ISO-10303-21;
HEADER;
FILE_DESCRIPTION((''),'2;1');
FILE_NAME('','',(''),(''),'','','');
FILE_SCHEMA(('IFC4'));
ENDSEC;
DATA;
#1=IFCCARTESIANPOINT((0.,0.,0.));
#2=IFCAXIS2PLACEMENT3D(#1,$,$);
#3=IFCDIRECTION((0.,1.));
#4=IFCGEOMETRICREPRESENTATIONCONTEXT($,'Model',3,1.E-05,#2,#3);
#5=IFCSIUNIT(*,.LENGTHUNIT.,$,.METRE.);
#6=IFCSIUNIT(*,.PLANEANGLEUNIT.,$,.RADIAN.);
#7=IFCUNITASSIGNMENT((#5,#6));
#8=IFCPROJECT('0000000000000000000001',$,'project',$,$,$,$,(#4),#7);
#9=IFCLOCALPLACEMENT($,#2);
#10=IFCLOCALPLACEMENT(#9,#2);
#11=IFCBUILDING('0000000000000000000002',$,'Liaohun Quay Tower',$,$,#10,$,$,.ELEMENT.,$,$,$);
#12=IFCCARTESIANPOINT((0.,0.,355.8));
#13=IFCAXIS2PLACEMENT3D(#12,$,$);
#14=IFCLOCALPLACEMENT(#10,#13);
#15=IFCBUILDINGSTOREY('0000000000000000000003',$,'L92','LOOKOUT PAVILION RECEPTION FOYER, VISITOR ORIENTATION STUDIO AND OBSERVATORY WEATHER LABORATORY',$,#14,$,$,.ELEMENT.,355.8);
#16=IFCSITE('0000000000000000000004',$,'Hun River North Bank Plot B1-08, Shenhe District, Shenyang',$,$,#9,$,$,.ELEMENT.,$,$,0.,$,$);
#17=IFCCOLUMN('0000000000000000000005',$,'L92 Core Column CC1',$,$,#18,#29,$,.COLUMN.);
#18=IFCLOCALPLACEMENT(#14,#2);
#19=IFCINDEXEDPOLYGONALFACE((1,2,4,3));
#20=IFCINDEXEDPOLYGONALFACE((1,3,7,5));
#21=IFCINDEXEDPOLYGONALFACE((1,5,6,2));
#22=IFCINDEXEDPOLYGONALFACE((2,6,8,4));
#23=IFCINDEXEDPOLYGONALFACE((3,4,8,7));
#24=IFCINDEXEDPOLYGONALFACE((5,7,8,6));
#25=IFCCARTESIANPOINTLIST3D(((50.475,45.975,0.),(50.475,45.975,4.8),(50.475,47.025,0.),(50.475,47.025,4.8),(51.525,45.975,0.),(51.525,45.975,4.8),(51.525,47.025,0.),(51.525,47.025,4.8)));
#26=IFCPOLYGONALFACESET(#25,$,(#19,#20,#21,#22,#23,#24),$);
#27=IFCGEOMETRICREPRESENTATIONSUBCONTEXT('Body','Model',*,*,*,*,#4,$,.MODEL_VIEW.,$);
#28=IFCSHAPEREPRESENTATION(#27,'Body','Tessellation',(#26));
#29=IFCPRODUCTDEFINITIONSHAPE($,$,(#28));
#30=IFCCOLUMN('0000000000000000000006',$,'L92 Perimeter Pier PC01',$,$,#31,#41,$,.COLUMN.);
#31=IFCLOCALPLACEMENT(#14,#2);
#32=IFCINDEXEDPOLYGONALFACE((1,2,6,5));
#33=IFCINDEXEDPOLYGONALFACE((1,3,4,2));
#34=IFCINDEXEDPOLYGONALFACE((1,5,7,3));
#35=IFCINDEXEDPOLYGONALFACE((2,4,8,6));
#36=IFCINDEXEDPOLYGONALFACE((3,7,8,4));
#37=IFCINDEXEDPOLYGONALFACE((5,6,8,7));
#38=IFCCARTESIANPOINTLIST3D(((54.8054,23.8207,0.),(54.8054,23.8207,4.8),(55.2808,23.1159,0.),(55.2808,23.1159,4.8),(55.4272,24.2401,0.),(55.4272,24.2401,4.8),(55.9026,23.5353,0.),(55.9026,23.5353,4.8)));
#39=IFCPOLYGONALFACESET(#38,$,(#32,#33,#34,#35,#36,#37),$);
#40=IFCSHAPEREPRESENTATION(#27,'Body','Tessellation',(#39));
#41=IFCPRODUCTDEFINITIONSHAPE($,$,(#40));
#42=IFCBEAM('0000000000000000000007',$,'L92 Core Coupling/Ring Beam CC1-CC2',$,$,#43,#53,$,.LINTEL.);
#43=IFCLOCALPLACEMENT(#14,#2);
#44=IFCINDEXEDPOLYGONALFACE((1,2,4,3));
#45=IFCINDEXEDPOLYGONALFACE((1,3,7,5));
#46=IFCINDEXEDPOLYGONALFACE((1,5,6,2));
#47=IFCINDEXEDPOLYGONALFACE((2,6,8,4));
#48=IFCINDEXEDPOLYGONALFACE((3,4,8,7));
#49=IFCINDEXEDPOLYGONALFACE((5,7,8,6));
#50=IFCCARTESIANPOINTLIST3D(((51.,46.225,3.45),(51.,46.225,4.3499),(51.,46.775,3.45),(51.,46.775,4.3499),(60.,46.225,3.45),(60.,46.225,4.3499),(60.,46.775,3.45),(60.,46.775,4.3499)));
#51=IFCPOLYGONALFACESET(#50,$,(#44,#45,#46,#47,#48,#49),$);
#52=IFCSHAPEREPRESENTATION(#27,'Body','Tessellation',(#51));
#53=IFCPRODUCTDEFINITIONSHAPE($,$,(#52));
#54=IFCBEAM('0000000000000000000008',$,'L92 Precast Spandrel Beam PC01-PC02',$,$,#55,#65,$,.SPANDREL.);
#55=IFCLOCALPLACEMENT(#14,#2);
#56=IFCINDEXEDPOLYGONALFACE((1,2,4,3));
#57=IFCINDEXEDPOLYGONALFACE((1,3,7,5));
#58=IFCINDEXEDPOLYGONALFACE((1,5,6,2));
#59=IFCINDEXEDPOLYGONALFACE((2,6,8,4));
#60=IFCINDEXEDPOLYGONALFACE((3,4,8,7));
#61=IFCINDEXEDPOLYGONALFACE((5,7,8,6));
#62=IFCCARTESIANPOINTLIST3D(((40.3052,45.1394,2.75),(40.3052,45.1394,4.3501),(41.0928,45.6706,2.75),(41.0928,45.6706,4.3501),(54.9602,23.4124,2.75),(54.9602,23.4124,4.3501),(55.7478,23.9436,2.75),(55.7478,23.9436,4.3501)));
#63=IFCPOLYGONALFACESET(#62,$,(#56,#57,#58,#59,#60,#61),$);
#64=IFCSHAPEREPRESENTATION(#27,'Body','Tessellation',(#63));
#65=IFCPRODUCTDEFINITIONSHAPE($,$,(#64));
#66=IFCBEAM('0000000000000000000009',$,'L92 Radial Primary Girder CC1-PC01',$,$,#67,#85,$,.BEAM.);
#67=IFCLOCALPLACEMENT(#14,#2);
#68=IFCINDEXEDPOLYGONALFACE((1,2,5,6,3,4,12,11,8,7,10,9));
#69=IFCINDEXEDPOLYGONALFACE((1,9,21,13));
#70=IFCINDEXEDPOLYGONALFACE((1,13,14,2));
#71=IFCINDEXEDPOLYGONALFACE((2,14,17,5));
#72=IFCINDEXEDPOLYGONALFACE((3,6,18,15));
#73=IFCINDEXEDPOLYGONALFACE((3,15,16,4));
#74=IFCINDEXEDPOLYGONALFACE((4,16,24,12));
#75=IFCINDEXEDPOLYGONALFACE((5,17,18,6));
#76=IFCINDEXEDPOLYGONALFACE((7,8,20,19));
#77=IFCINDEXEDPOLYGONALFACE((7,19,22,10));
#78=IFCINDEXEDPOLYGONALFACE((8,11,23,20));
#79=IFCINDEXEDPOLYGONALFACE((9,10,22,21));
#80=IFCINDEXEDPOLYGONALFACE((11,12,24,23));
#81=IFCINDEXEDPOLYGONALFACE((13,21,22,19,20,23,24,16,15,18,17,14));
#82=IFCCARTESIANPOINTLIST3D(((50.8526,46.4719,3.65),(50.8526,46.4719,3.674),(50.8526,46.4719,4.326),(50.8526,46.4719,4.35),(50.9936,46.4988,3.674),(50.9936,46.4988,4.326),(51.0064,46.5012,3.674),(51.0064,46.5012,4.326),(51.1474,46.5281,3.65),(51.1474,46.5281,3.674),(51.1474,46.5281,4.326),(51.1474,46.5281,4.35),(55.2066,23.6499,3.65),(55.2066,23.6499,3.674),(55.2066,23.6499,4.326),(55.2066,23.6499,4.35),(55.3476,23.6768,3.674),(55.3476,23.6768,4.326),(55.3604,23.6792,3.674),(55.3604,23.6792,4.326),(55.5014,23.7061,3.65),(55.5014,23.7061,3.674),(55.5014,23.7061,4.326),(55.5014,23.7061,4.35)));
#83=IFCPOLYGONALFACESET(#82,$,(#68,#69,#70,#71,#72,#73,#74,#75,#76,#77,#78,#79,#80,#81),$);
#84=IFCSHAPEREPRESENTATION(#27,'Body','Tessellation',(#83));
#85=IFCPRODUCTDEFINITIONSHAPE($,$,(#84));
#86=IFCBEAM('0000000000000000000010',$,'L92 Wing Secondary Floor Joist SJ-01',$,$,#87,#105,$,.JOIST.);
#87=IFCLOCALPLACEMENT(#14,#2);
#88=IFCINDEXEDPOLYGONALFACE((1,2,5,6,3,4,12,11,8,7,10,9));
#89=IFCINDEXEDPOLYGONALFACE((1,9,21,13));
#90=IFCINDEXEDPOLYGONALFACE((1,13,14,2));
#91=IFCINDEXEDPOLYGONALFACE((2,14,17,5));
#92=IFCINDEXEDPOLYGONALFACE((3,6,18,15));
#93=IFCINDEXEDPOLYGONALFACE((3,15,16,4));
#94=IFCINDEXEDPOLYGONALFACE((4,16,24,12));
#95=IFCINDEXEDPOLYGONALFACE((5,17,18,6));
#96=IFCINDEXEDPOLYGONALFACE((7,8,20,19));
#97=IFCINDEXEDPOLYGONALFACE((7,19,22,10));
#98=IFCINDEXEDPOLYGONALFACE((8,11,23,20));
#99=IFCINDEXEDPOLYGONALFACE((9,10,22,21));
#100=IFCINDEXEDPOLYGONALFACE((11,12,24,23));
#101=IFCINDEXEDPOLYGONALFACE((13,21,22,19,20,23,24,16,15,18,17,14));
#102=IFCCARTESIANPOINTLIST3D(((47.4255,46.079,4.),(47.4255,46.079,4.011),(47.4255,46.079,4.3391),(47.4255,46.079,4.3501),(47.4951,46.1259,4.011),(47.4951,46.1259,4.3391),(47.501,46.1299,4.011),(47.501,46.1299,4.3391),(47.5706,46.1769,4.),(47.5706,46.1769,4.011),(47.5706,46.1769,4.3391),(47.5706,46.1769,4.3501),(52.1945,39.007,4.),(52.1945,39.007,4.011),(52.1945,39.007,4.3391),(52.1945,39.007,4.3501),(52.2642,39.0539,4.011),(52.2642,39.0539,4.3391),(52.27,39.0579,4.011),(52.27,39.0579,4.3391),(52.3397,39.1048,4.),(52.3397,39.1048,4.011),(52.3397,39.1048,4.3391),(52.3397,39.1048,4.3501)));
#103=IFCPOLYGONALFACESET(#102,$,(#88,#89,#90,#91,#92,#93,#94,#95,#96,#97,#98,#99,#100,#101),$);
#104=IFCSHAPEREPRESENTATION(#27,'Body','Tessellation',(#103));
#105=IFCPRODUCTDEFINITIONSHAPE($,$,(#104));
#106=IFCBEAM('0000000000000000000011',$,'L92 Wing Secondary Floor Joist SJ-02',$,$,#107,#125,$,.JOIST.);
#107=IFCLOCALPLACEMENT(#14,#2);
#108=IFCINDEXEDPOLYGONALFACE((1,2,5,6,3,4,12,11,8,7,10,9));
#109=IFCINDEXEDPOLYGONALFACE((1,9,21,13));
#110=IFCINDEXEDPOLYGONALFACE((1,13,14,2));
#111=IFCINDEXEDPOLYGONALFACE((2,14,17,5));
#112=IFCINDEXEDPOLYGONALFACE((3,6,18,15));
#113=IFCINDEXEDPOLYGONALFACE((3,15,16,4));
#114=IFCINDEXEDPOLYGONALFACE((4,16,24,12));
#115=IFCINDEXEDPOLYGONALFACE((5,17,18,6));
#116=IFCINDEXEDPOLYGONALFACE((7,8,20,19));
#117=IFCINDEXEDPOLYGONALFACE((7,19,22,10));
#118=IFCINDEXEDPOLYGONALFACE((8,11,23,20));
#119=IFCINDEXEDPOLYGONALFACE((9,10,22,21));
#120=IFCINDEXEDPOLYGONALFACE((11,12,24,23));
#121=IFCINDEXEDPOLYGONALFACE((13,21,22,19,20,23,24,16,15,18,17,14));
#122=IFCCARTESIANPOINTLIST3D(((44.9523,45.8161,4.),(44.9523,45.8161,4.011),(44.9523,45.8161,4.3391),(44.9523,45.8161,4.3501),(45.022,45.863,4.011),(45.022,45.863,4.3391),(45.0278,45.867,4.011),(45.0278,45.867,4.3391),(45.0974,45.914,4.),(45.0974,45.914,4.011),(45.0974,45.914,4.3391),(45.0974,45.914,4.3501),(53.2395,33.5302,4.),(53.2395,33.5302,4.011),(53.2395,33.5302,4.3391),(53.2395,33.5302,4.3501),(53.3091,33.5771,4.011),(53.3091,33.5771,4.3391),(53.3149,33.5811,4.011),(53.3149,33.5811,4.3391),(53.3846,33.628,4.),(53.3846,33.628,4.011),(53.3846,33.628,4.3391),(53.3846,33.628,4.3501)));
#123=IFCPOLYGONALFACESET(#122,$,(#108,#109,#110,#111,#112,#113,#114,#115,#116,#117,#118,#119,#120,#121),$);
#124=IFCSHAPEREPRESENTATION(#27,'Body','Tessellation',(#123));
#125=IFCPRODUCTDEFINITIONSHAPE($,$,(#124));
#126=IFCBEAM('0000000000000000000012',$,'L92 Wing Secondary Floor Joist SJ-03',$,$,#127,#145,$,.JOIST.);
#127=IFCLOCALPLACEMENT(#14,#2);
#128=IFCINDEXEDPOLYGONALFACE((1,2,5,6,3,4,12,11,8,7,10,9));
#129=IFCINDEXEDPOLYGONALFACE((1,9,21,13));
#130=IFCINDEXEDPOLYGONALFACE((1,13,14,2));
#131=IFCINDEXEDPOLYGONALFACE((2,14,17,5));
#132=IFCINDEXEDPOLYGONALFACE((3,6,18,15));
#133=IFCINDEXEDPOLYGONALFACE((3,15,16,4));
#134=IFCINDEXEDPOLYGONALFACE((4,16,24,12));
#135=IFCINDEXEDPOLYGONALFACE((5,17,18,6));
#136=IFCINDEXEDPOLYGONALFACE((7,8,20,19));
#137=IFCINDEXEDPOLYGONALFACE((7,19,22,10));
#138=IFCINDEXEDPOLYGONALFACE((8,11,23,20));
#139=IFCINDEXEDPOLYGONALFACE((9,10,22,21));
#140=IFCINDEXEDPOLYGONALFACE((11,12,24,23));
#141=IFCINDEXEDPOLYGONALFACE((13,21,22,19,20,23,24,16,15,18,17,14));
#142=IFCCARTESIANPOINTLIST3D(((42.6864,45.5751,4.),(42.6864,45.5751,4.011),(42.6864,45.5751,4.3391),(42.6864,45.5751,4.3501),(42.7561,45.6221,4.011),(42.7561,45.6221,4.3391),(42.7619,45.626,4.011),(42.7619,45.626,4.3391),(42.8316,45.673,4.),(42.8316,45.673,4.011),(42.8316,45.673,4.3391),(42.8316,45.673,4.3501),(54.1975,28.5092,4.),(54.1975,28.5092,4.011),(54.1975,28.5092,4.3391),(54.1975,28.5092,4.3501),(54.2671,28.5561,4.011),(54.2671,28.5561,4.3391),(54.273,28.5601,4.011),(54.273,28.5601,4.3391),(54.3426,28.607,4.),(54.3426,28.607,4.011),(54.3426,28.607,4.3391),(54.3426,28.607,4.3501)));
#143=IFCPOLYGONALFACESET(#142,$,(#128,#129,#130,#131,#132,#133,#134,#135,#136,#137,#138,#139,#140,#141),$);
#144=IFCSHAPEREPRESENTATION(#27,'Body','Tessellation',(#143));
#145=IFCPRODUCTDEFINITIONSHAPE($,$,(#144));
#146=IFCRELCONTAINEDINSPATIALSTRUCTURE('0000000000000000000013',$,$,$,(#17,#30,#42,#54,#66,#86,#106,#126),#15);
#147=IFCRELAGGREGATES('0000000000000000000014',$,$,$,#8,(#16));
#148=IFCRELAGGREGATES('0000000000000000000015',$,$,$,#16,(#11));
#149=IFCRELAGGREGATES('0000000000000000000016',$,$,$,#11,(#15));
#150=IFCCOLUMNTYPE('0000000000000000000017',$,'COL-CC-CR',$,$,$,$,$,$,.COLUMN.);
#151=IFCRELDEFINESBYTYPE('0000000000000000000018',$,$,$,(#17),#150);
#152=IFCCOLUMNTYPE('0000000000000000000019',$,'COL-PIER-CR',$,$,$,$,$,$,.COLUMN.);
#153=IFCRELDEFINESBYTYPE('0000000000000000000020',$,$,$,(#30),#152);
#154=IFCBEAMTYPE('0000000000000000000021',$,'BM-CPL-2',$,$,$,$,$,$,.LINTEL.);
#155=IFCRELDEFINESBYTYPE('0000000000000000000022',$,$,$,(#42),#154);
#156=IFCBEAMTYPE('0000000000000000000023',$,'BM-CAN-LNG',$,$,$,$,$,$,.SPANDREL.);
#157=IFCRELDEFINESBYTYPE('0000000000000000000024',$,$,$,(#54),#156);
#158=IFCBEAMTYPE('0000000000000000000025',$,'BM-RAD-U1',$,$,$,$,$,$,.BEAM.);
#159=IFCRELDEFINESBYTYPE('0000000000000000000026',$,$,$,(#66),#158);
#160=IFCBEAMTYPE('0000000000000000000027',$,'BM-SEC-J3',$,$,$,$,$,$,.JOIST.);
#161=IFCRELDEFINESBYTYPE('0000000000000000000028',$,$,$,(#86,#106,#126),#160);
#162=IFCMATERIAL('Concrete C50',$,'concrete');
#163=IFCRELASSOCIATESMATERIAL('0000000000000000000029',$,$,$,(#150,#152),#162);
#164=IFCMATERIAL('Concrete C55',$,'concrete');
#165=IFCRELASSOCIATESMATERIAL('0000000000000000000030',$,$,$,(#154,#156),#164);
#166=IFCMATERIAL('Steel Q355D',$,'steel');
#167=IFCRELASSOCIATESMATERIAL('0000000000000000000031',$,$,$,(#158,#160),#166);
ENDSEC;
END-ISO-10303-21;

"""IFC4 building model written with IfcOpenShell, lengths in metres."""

from ifc_helpers import new_model, si_unit, direction, frame, origin, origin_2d, place, context, subcontext, project, spatial, rectangle, i_section, extrude, source, transform, mapped, material, material_profile, profile_set, type_object, element, save


model = new_model("IFC4")

# Units and contexts
model_context = context("Model", 3, precision=1e-05, world=origin(), true_north=direction((0.0, 1.0)))
body_context = subcontext(model_context, "Body", "Model", "MODEL_VIEW")
ifc_project = project(units=[si_unit("LENGTHUNIT", "METRE"), si_unit("PLANEANGLEUNIT", "RADIAN")], contexts=[model_context])

# Site, building, storey
site_placement = place(None, origin())
site = spatial("IfcSite", under=ifc_project, at=site_placement, Name="Hun River North Bank Plot B1-08, Shenhe District, Shenyang", CompositionType="ELEMENT", RefElevation=0.0)
building_placement = place(site_placement, origin())
building = spatial("IfcBuilding", under=site, at=building_placement, Name="Liaohun Quay Tower", CompositionType="ELEMENT")
storey_placement = place(building_placement, frame((0.0, 0.0, 355.8)))
storey = spatial("IfcBuildingStorey", under=building, at=storey_placement, Name="L92", Description="LOOKOUT PAVILION RECEPTION FOYER, VISITOR ORIENTATION STUDIO AND OBSERVATORY WEATHER LABORATORY", CompositionType="ELEMENT", Elevation=355.8)

# Columns
ifc_material_1 = material(Name="Concrete C50", Category="concrete")
ifc_material_profile_1 = material_profile(ifc_material_1, rectangle(XDim=1.05, YDim=1.05, at=origin_2d()), Name="RC1050x1050")
ifc_profile_set_1 = profile_set([ifc_material_profile_1], Name="Concrete C50")
column_type_1 = type_object("IfcColumnType", Name="COL-CC-CR", PredefinedType="COLUMN", material=ifc_profile_set_1)
shared_shape_1 = source(origin(), body_context, "Body", "SweptSolid", [
    extrude(rectangle(XDim=1.05, YDim=1.05, at=origin_2d()), origin(), (0.0, 0.0, 1.0), 4.8),
])
column_1_placement = place(storey_placement, frame((51.0, 46.5, 0.0), z_axis=(0.0, 0.0, 1.0), x_axis=(1.0, 0.0, 0.0)))
element("IfcColumn", 1, at=column_1_placement, inside=storey, type_object=column_type_1, Name="L92 Core Column CC1", PredefinedType="COLUMN", context=body_context, shape_type="MappedRepresentation", body=[
    mapped(shared_shape_1, transform((0.0, 0.0, 0.0), x_axis=(1.0, 0.0, 0.0), y_axis=(0.0, 1.0, 0.0), z_axis=(0.0, 0.0, 1.0), scale=1.0)),
])
ifc_material_profile_2 = material_profile(ifc_material_1, rectangle(XDim=0.8501, YDim=0.75, at=origin_2d()), Name="RC850x750")
ifc_profile_set_2 = profile_set([ifc_material_profile_2], Name="Concrete C50")
column_type_2 = type_object("IfcColumnType", Name="COL-PIER-CR", PredefinedType="COLUMN", material=ifc_profile_set_2)
shared_shape_2 = source(origin(), body_context, "Body", "SweptSolid", [
    extrude(rectangle(XDim=0.8501, YDim=0.75, at=origin_2d()), origin(), (0.0, 0.0, 1.0), 4.8),
])
column_2_placement = place(storey_placement, frame((55.354, 23.678, 0.0), z_axis=(0.0, 0.0, 1.0), x_axis=(-0.559193, 0.829038, 0.0)))
element("IfcColumn", 2, at=column_2_placement, inside=storey, type_object=column_type_2, Name="L92 Perimeter Pier PC01", PredefinedType="COLUMN", context=body_context, shape_type="MappedRepresentation", body=[
    mapped(shared_shape_2, transform((0.0, 0.0, 0.0), x_axis=(1.0, 0.0, 0.0), y_axis=(0.0, 1.0, 0.0), z_axis=(0.0, 0.0, 1.0), scale=1.0)),
])

# Beams
ifc_material_2 = material(Name="Concrete C55", Category="concrete")
ifc_material_profile_3 = material_profile(ifc_material_2, rectangle(XDim=0.55, YDim=0.8999, at=origin_2d()), Name="RC550x900")
ifc_profile_set_3 = profile_set([ifc_material_profile_3], Name="Concrete C55")
beam_type_1 = type_object("IfcBeamType", Name="BM-CPL-2", PredefinedType="LINTEL", material=ifc_profile_set_3)
shared_shape_3 = source(origin(), body_context, "Body", "SweptSolid", [
    extrude(rectangle(XDim=0.55, YDim=0.8999, at=origin_2d()), origin(), (0.0, 0.0, 1.0), 9.0),
])
beam_1_placement = place(storey_placement, frame((51.0, 46.5, 3.8999), z_axis=(1.0, 0.0, 0.0), x_axis=(0.0, 1.0, 0.0)))
element("IfcBeam", 3, at=beam_1_placement, inside=storey, type_object=beam_type_1, Name="L92 Core Coupling/Ring Beam CC1-CC2", PredefinedType="LINTEL", context=body_context, shape_type="MappedRepresentation", body=[
    mapped(shared_shape_3, transform((0.0, 0.0, 0.0), x_axis=(1.0, 0.0, 0.0), y_axis=(0.0, 1.0, 0.0), z_axis=(0.0, 0.0, 1.0), scale=1.0)),
])
ifc_material_profile_4 = material_profile(ifc_material_2, rectangle(XDim=0.95, YDim=1.6001, at=origin_2d()), Name="RC950x1600")
ifc_profile_set_4 = profile_set([ifc_material_profile_4], Name="Concrete C55")
beam_type_2 = type_object("IfcBeamType", Name="BM-CAN-LNG", PredefinedType="SPANDREL", material=ifc_profile_set_4)
shared_shape_4 = source(origin(), body_context, "Body", "SweptSolid", [
    extrude(rectangle(XDim=0.95, YDim=1.6001, at=origin_2d()), origin(), (0.0, 0.0, 1.0), 26.2075),
])
beam_2_placement = place(storey_placement, frame((55.354, 23.678, 3.55), z_axis=(-0.559192, 0.829038, 0.0), x_axis=(-0.829038, -0.559192, 0.0)))
element("IfcBeam", 4, at=beam_2_placement, inside=storey, type_object=beam_type_2, Name="L92 Precast Spandrel Beam PC01-PC02", PredefinedType="SPANDREL", context=body_context, shape_type="MappedRepresentation", body=[
    mapped(shared_shape_4, transform((0.0, 0.0, 0.0), x_axis=(1.0, 0.0, 0.0), y_axis=(0.0, 1.0, 0.0), z_axis=(0.0, 0.0, 1.0), scale=1.0)),
])
ifc_material_3 = material(Name="Steel Q355D", Category="steel")
ifc_material_profile_5 = material_profile(ifc_material_3, i_section(OverallWidth=0.3, OverallDepth=0.7, WebThickness=0.0129, FlangeThickness=0.0239, at=origin_2d()), Name="HN700x300x13x24")
ifc_profile_set_5 = profile_set([ifc_material_profile_5], Name="Steel Q355D")
beam_type_3 = type_object("IfcBeamType", Name="BM-RAD-U1", PredefinedType="BEAM", material=ifc_profile_set_5)
shared_shape_5 = source(origin(), body_context, "Body", "SweptSolid", [
    extrude(i_section(OverallWidth=0.3, OverallDepth=0.7, WebThickness=0.0129, FlangeThickness=0.0239, at=origin_2d()), origin(), (0.0, 0.0, 1.0), 23.2336),
])
beam_3_placement = place(storey_placement, frame((51.0, 46.5, 4.0), z_axis=(0.187401, -0.982284, 0.0), x_axis=(0.982284, 0.187401, 0.0)))
element("IfcBeam", 5, at=beam_3_placement, inside=storey, type_object=beam_type_3, Name="L92 Radial Primary Girder CC1-PC01", PredefinedType="BEAM", context=body_context, shape_type="MappedRepresentation", body=[
    mapped(shared_shape_5, transform((0.0, 0.0, 0.0), x_axis=(1.0, 0.0, 0.0), y_axis=(0.0, 1.0, 0.0), z_axis=(0.0, 0.0, 1.0), scale=1.0)),
])
ifc_material_profile_6 = material_profile(ifc_material_3, i_section(OverallWidth=0.175, OverallDepth=0.3501, WebThickness=0.0071, FlangeThickness=0.011, at=origin_2d()), Name="HN350x175x7x11")
ifc_profile_set_6 = profile_set([ifc_material_profile_6], Name="Steel Q355D")
beam_type_4 = type_object("IfcBeamType", Name="BM-SEC-J3", PredefinedType="JOIST", material=ifc_profile_set_6)
shared_shape_6 = source(origin(), body_context, "Body", "SweptSolid", [
    extrude(i_section(OverallWidth=0.175, OverallDepth=0.3501, WebThickness=0.0071, FlangeThickness=0.011, at=origin_2d()), origin(), (0.0, 0.0, 1.0), 8.5298),
])
beam_4_placement = place(storey_placement, frame((52.2671, 39.0559, 4.175), z_axis=(-0.559105, 0.829097, 0.0), x_axis=(-0.829097, -0.559105, 0.0)))
element("IfcBeam", 6, at=beam_4_placement, inside=storey, type_object=beam_type_4, Name="L92 Wing Secondary Floor Joist SJ-01", PredefinedType="JOIST", context=body_context, shape_type="MappedRepresentation", body=[
    mapped(shared_shape_6, transform((0.0, 0.0, 0.0), x_axis=(1.0, 0.0, 0.0), y_axis=(0.0, 1.0, 0.0), z_axis=(0.0, 0.0, 1.0), scale=1.0)),
])
shared_shape_7 = source(origin(), body_context, "Body", "SweptSolid", [
    extrude(i_section(OverallWidth=0.175, OverallDepth=0.3501, WebThickness=0.0071, FlangeThickness=0.011, at=origin_2d()), origin(), (0.0, 0.0, 1.0), 14.8196),
])
beam_5_placement = place(storey_placement, frame((53.312, 33.5791, 4.175), z_axis=(-0.559201, 0.829032, 0.0), x_axis=(-0.829032, -0.559201, 0.0)))
element("IfcBeam", 7, at=beam_5_placement, inside=storey, type_object=beam_type_4, Name="L92 Wing Secondary Floor Joist SJ-02", PredefinedType="JOIST", context=body_context, shape_type="MappedRepresentation", body=[
    mapped(shared_shape_7, transform((0.0, 0.0, 0.0), x_axis=(1.0, 0.0, 0.0), y_axis=(0.0, 1.0, 0.0), z_axis=(0.0, 0.0, 1.0), scale=1.0)),
])
shared_shape_8 = source(origin(), body_context, "Body", "SweptSolid", [
    extrude(i_section(OverallWidth=0.175, OverallDepth=0.3501, WebThickness=0.0071, FlangeThickness=0.011, at=origin_2d()), origin(), (0.0, 0.0, 1.0), 20.5852),
])
beam_6_placement = place(storey_placement, frame((54.27, 28.5581, 4.175), z_axis=(-0.559189, 0.82904, 0.0), x_axis=(-0.82904, -0.559189, 0.0)))
element("IfcBeam", 8, at=beam_6_placement, inside=storey, type_object=beam_type_4, Name="L92 Wing Secondary Floor Joist SJ-03", PredefinedType="JOIST", context=body_context, shape_type="MappedRepresentation", body=[
    mapped(shared_shape_8, transform((0.0, 0.0, 0.0), x_axis=(1.0, 0.0, 0.0), y_axis=(0.0, 1.0, 0.0), z_axis=(0.0, 0.0, 1.0), scale=1.0)),
])

save(model, "model.ifc")
